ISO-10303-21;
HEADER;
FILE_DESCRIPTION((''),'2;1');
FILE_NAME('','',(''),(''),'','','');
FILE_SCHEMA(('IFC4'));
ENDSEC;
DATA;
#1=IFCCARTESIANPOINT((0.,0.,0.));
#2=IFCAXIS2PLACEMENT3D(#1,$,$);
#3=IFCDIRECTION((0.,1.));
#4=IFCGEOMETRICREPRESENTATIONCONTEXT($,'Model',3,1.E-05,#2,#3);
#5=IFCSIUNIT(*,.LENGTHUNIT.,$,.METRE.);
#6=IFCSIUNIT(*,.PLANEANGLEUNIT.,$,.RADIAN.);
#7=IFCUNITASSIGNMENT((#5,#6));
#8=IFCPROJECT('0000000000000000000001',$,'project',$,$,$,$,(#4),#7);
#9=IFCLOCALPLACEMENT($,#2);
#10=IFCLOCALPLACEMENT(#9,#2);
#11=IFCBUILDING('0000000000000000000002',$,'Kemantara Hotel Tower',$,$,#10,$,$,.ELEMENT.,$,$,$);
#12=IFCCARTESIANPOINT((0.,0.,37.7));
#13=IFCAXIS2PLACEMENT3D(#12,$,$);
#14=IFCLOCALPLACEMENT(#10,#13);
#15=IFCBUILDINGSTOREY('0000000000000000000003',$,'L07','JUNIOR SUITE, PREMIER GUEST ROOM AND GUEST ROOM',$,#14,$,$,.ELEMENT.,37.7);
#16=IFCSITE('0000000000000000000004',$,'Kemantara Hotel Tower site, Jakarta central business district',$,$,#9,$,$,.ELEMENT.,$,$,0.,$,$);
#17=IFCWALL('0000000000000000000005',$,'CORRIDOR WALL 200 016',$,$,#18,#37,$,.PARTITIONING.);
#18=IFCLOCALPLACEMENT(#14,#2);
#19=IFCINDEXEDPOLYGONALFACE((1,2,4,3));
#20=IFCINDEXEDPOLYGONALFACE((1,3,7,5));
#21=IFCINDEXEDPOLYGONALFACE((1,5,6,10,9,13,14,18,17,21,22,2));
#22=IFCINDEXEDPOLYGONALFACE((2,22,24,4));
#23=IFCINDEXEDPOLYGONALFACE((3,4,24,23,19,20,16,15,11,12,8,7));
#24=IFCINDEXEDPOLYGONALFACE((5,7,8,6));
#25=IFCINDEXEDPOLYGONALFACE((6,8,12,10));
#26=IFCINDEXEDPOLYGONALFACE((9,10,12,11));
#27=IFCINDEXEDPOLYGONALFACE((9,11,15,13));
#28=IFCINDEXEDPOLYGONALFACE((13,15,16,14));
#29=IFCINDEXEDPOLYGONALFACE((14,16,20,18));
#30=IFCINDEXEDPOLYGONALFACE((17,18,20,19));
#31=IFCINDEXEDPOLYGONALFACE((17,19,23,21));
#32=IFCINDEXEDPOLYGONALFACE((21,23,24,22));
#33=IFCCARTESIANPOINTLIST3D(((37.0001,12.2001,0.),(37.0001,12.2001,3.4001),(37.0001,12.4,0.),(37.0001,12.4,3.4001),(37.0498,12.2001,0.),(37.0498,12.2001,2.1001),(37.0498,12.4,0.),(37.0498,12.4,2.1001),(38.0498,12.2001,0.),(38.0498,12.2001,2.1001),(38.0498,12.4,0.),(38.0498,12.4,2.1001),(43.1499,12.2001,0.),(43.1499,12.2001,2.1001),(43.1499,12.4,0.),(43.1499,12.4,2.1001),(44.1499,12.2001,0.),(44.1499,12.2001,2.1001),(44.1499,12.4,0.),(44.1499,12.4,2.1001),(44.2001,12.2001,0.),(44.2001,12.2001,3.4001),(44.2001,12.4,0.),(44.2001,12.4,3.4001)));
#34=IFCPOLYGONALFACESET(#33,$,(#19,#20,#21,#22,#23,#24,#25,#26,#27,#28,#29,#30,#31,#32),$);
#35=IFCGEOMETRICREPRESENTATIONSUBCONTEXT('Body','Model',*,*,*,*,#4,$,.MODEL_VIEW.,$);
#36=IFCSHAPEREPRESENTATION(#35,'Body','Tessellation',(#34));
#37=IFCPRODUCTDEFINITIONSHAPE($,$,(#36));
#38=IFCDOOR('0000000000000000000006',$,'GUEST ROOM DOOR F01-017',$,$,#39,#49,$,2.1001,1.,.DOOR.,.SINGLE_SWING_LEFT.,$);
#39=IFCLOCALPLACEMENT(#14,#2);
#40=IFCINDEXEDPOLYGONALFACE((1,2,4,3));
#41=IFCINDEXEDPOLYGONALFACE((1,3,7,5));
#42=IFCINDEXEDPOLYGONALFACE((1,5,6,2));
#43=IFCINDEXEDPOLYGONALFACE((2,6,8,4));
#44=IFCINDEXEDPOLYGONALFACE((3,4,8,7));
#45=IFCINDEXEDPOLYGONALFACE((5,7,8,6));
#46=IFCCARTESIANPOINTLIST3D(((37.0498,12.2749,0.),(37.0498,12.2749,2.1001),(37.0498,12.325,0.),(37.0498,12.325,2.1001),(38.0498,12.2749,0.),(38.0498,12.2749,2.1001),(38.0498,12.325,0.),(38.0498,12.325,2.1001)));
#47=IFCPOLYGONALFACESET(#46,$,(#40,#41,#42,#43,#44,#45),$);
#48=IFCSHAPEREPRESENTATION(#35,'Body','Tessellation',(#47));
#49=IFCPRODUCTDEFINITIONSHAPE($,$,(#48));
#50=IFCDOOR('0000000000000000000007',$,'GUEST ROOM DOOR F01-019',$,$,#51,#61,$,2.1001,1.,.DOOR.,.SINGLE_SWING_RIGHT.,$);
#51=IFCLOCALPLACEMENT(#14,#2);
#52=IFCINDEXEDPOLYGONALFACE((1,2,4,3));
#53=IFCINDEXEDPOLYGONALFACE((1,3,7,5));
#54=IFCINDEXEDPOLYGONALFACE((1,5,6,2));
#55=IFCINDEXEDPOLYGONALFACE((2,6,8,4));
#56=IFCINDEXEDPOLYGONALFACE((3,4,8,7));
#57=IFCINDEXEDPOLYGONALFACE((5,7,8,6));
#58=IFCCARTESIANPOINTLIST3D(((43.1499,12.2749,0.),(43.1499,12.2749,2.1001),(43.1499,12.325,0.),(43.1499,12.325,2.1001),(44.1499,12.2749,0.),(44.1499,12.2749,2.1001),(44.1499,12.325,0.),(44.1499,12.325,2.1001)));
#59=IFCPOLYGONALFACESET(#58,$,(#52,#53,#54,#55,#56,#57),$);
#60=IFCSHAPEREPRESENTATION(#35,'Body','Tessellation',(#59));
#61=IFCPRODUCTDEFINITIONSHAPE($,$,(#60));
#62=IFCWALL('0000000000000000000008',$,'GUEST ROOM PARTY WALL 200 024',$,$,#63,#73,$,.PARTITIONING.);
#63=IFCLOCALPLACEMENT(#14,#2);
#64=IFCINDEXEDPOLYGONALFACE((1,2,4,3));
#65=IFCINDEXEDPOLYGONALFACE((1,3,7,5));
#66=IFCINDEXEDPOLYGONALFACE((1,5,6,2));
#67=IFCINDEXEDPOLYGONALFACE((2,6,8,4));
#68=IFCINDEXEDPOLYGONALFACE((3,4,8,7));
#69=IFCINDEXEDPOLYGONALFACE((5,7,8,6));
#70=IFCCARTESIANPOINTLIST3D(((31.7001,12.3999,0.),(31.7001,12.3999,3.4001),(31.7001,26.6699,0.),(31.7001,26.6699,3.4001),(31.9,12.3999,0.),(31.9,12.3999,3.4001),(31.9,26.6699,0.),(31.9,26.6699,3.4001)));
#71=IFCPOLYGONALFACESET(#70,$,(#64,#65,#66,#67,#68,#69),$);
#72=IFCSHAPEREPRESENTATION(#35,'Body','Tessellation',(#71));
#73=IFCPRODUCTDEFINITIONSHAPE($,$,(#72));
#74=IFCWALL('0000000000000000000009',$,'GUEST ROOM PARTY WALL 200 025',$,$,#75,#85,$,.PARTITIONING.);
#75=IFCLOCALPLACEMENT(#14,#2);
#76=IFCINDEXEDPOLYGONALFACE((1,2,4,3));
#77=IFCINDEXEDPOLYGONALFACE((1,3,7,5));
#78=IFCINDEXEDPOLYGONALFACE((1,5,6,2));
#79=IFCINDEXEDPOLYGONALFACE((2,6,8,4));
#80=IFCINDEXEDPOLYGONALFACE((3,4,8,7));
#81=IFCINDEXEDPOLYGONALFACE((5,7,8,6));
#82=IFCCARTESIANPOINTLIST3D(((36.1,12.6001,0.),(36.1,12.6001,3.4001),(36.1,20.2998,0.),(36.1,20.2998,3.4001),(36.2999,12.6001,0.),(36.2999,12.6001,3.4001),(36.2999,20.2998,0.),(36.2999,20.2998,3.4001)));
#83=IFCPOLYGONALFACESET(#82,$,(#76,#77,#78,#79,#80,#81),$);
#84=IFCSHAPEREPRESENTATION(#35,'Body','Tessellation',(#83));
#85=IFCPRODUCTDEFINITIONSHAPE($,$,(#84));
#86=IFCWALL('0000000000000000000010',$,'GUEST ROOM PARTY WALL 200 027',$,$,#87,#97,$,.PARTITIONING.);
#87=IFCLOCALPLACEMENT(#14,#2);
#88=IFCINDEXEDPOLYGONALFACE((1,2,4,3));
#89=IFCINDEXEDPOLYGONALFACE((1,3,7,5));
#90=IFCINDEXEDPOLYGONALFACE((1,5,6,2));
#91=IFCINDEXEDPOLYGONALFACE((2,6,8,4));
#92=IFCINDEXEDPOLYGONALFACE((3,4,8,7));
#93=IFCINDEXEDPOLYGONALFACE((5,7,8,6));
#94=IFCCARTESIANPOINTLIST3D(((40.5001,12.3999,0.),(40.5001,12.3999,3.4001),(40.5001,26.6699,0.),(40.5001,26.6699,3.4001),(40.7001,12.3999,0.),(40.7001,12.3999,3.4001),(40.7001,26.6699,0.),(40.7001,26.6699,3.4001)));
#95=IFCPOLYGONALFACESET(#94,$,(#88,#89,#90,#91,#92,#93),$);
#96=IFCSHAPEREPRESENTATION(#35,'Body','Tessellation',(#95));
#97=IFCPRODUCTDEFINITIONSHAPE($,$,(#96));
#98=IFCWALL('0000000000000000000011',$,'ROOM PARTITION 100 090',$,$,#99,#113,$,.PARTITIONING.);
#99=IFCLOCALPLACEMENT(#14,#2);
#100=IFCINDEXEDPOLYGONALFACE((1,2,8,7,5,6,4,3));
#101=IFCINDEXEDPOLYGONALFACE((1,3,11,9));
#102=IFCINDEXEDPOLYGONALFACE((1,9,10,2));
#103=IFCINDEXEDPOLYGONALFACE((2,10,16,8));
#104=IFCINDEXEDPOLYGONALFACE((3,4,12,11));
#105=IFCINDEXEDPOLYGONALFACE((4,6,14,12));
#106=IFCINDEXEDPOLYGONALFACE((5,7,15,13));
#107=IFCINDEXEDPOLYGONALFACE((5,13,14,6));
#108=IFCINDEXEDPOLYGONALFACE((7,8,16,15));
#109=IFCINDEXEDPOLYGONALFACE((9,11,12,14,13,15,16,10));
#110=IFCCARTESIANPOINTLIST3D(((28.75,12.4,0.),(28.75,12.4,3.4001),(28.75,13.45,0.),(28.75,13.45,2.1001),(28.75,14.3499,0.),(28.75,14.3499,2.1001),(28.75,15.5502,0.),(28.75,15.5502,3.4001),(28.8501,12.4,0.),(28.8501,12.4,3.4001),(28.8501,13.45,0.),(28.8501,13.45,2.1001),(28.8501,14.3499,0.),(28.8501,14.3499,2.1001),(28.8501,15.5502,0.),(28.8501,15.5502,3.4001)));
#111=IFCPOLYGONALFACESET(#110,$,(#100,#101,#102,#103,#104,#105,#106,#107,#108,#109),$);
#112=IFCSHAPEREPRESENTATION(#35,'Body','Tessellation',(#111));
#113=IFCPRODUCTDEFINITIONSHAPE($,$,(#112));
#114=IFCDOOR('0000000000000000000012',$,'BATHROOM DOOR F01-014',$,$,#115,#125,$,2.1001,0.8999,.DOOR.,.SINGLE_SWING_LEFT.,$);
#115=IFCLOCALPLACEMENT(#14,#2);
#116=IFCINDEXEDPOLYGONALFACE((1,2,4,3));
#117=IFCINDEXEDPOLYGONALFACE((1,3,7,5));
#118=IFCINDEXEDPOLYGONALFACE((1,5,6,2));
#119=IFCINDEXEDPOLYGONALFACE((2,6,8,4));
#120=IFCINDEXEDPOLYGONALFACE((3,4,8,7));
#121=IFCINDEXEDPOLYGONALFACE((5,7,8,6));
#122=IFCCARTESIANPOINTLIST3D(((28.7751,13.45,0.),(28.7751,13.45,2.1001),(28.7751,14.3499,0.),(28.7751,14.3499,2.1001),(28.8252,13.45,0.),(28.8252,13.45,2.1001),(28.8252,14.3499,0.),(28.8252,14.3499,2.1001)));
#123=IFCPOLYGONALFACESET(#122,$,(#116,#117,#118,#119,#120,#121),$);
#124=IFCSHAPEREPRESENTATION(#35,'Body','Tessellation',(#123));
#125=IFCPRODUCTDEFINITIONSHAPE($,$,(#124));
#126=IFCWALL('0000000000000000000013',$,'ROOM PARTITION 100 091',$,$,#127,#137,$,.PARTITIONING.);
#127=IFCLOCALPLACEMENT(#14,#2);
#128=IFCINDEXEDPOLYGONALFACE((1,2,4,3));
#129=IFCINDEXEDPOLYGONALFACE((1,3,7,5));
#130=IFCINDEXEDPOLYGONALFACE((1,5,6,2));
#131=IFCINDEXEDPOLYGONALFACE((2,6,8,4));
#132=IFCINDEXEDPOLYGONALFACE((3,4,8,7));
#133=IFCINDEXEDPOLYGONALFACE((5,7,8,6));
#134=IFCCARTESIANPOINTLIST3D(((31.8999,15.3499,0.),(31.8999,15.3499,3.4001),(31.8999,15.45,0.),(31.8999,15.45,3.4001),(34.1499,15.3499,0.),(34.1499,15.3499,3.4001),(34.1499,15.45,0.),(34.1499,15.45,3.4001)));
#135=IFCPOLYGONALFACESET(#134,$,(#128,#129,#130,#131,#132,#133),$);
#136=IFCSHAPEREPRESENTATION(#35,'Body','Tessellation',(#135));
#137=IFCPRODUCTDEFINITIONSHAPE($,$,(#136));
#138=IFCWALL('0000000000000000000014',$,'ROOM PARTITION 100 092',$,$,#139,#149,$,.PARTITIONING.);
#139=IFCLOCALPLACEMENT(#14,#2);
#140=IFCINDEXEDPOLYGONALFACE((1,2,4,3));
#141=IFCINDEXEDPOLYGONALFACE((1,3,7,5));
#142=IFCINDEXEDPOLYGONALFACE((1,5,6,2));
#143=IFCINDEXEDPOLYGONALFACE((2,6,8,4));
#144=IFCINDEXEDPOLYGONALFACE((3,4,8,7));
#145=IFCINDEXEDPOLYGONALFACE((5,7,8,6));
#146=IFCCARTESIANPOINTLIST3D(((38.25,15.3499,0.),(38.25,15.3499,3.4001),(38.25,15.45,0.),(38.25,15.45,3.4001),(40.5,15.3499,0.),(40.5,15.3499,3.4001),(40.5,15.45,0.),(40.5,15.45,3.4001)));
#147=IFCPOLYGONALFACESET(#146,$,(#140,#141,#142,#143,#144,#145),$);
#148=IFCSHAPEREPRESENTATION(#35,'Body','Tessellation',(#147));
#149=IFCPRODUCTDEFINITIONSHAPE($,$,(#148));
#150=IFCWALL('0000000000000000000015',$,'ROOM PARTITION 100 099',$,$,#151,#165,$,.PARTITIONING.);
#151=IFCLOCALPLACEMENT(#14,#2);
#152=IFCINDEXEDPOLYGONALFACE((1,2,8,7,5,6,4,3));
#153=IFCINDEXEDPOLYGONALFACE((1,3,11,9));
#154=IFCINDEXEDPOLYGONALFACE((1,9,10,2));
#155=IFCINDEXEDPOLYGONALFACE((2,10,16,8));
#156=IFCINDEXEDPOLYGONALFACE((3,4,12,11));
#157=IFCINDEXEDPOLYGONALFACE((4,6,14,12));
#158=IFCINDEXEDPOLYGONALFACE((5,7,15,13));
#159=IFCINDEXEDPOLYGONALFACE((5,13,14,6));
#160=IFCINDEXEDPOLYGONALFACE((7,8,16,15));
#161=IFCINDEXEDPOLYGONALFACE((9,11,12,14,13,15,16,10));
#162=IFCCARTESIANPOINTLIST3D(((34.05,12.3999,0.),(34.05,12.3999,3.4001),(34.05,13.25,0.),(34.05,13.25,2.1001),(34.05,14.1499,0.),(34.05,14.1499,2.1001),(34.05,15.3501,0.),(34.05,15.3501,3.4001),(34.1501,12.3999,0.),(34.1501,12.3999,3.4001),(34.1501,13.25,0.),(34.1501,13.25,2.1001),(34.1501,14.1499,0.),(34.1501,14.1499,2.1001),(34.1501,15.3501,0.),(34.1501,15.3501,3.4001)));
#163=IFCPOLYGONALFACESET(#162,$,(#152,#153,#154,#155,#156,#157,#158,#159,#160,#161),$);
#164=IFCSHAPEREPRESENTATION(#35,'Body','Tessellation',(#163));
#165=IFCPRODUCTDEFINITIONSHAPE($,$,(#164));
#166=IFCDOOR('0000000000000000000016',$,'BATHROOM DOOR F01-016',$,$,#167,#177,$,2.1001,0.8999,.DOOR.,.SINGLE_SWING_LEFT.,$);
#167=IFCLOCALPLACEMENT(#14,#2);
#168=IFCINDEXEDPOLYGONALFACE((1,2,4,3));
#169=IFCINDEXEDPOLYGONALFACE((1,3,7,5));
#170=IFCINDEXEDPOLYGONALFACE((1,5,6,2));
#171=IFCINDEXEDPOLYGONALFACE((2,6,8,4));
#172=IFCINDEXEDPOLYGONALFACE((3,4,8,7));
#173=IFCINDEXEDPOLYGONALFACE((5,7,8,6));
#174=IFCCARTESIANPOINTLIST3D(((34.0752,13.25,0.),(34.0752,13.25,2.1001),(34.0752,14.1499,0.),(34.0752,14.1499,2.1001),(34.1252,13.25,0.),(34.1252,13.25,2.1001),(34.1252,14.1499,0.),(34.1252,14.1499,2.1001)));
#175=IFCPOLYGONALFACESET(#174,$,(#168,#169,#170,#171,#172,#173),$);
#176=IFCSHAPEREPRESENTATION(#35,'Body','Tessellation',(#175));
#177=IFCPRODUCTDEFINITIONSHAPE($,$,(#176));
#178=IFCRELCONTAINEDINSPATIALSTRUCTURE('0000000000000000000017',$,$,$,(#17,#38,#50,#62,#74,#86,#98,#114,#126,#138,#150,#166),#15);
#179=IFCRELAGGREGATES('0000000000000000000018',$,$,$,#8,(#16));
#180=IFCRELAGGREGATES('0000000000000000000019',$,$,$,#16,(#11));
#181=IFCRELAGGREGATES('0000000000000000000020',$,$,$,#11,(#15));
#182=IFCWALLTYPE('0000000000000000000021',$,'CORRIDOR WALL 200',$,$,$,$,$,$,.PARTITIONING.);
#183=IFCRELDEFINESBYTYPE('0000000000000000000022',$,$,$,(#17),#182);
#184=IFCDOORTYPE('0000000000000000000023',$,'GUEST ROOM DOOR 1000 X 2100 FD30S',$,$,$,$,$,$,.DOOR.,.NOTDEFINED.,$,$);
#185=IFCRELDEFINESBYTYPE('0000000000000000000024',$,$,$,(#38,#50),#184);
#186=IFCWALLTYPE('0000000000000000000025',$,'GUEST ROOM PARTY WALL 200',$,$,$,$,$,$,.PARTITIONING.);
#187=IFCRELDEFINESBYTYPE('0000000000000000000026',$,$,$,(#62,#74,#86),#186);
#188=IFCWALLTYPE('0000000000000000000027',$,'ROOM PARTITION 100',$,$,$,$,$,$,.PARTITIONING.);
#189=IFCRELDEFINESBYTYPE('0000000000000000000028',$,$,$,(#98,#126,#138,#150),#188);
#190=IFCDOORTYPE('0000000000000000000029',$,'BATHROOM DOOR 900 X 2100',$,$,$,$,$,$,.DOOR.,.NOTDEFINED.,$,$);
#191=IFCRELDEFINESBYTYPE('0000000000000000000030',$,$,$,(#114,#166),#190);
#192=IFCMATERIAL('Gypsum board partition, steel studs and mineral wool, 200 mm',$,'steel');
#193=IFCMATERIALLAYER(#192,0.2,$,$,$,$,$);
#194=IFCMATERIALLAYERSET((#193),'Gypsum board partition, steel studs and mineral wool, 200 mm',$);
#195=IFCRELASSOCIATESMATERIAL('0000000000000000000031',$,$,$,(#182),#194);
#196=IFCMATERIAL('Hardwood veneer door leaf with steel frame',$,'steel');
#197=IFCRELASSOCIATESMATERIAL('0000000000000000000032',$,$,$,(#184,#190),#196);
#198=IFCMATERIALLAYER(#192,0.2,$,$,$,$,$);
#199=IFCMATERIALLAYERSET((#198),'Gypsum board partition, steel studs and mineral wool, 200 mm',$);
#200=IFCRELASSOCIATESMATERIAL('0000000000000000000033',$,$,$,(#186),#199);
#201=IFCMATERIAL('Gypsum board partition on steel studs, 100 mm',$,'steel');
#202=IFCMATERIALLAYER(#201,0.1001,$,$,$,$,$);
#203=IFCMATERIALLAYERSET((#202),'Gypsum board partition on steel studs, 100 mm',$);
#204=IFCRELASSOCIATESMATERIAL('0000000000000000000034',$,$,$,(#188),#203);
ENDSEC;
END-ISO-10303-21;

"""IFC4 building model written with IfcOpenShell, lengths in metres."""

from ifc_helpers import new_model, si_unit, direction, frame, frame_2d, origin, place, context, subcontext, project, spatial, rectangle, extrude, material, layer, layer_set, type_object, element, fill, save


model = new_model("IFC4")

# Units and contexts
model_context = context("Model", 3, precision=1e-05, world=origin(), true_north=direction((0.0, 1.0)))
body_context = subcontext(model_context, "Body", "Model", "MODEL_VIEW")
ifc_project = project(units=[si_unit("LENGTHUNIT", "METRE"), si_unit("PLANEANGLEUNIT", "RADIAN")], contexts=[model_context])

# Site, building, storey
site_placement = place(None, origin())
site = spatial("IfcSite", under=ifc_project, at=site_placement, Name="Kemantara Hotel Tower site, Jakarta central business district", CompositionType="ELEMENT", RefElevation=0.0)
building_placement = place(site_placement, origin())
building = spatial("IfcBuilding", under=site, at=building_placement, Name="Kemantara Hotel Tower", CompositionType="ELEMENT")
storey_placement = place(building_placement, frame((0.0, 0.0, 37.7)))
storey = spatial("IfcBuildingStorey", under=building, at=storey_placement, Name="L07", Description="JUNIOR SUITE, PREMIER GUEST ROOM AND GUEST ROOM", CompositionType="ELEMENT", Elevation=37.7)

# Wall, openings, doors
ifc_material_1 = material(Name="Gypsum board partition, steel studs and mineral wool, 200 mm", Category="steel")
ifc_layer_1 = layer(ifc_material_1, 0.2)
ifc_layer_set_1 = layer_set([ifc_layer_1], Name="Gypsum board partition, steel studs and mineral wool, 200 mm")
wall_type_1 = type_object("IfcWallType", Name="CORRIDOR WALL 200", PredefinedType="PARTITIONING", material=ifc_layer_set_1)
ifc_material_2 = material(Name="Hardwood veneer door leaf with steel frame", Category="steel")
door_type_1 = type_object("IfcDoorType", Name="GUEST ROOM DOOR 1000 X 2100 FD30S", OperationType="NOTDEFINED", PredefinedType="DOOR", material=ifc_material_2)
wall_1_placement = place(storey_placement, frame((37.0, 12.3, 0.0), z_axis=(0.0, 0.0, 1.0), x_axis=(1.0, 0.0, 0.0)))
wall_1 = element("IfcWall", 1, at=wall_1_placement, inside=storey, type_object=wall_type_1, Name="CORRIDOR WALL 200 016", PredefinedType="PARTITIONING", context=body_context, shape_type="SweptSolid", body=[
    extrude(rectangle(XDim=7.2, YDim=0.2, at=frame_2d((3.6001, 0.0))), origin(), (0.0, 0.0, 1.0), 3.4001),
])
opening_1_placement = place(wall_1_placement, frame((0.0498, 0.0, 0.0)))
opening_1 = element("IfcOpeningElement", 2, at=opening_1_placement, cuts=wall_1, PredefinedType="OPENING", context=body_context, shape_type="SweptSolid", body=[
    extrude(rectangle(XDim=1.0, YDim=2.1001, at=frame_2d((0.5, 1.05))), frame((0.0, 0.1099, 0.0), z_axis=(0.0, -1.0, 0.0), x_axis=(1.0, 0.0, 0.0)), (0.0, 0.0, 1.0), 0.22),
])
opening_2_placement = place(wall_1_placement, frame((6.1499, 0.0, 0.0)))
opening_2 = element("IfcOpeningElement", 3, at=opening_2_placement, cuts=wall_1, PredefinedType="OPENING", context=body_context, shape_type="SweptSolid", body=[
    extrude(rectangle(XDim=1.0, YDim=2.1001, at=frame_2d((0.5, 1.05))), frame((0.0, 0.1099, 0.0), z_axis=(0.0, -1.0, 0.0), x_axis=(1.0, 0.0, 0.0)), (0.0, 0.0, 1.0), 0.22),
])
door_1_placement = place(opening_1_placement, origin())
door_1 = element("IfcDoor", 4, at=door_1_placement, inside=storey, type_object=door_type_1, Name="GUEST ROOM DOOR F01-017", OperationType="SINGLE_SWING_LEFT", OverallHeight=2.1001, OverallWidth=1.0, PredefinedType="DOOR", context=body_context, shape_type="SweptSolid", body=[
    extrude(rectangle(XDim=1.0, YDim=2.1001, at=frame_2d((0.5, 1.05))), frame((0.0, 0.0249, 0.0), z_axis=(0.0, -1.0, 0.0), x_axis=(1.0, 0.0, 0.0)), (0.0, 0.0, 1.0), 0.05),
])
fill(opening_1, door_1)
door_2_placement = place(opening_2_placement, origin())
door_2 = element("IfcDoor", 5, at=door_2_placement, inside=storey, type_object=door_type_1, Name="GUEST ROOM DOOR F01-019", OperationType="SINGLE_SWING_RIGHT", OverallHeight=2.1001, OverallWidth=1.0, PredefinedType="DOOR", context=body_context, shape_type="SweptSolid", body=[
    extrude(rectangle(XDim=1.0, YDim=2.1001, at=frame_2d((0.5, 1.05))), frame((0.0, 0.0249, 0.0), z_axis=(0.0, -1.0, 0.0), x_axis=(1.0, 0.0, 0.0)), (0.0, 0.0, 1.0), 0.05),
])
fill(opening_2, door_2)

# Walls
ifc_layer_2 = layer(ifc_material_1, 0.2)
ifc_layer_set_2 = layer_set([ifc_layer_2], Name="Gypsum board partition, steel studs and mineral wool, 200 mm")
wall_type_2 = type_object("IfcWallType", Name="GUEST ROOM PARTY WALL 200", PredefinedType="PARTITIONING", material=ifc_layer_set_2)
wall_2_placement = place(storey_placement, frame((31.8, 12.3999, 0.0), z_axis=(0.0, 0.0, 1.0), x_axis=(0.0, 1.0, 0.0)))
element("IfcWall", 6, at=wall_2_placement, inside=storey, type_object=wall_type_2, Name="GUEST ROOM PARTY WALL 200 024", PredefinedType="PARTITIONING", context=body_context, shape_type="SweptSolid", body=[
    extrude(rectangle(XDim=14.27, YDim=0.2, at=frame_2d((7.135, 0.0))), origin(), (0.0, 0.0, 1.0), 3.4001),
])
wall_3_placement = place(storey_placement, frame((36.2, 12.6001, 0.0), z_axis=(0.0, 0.0, 1.0), x_axis=(0.0, 1.0, 0.0)))
element("IfcWall", 7, at=wall_3_placement, inside=storey, type_object=wall_type_2, Name="GUEST ROOM PARTY WALL 200 025", PredefinedType="PARTITIONING", context=body_context, shape_type="SweptSolid", body=[
    extrude(rectangle(XDim=7.6997, YDim=0.2, at=frame_2d((3.8499, 0.0))), origin(), (0.0, 0.0, 1.0), 3.4001),
])
wall_4_placement = place(storey_placement, frame((40.6001, 12.3999, 0.0), z_axis=(0.0, 0.0, 1.0), x_axis=(0.0, 1.0, 0.0)))
element("IfcWall", 8, at=wall_4_placement, inside=storey, type_object=wall_type_2, Name="GUEST ROOM PARTY WALL 200 027", PredefinedType="PARTITIONING", context=body_context, shape_type="SweptSolid", body=[
    extrude(rectangle(XDim=14.27, YDim=0.2, at=frame_2d((7.135, 0.0))), origin(), (0.0, 0.0, 1.0), 3.4001),
])

# Wall, opening, door
ifc_material_3 = material(Name="Gypsum board partition on steel studs, 100 mm", Category="steel")
ifc_layer_3 = layer(ifc_material_3, 0.1001)
ifc_layer_set_3 = layer_set([ifc_layer_3], Name="Gypsum board partition on steel studs, 100 mm")
wall_type_3 = type_object("IfcWallType", Name="ROOM PARTITION 100", PredefinedType="PARTITIONING", material=ifc_layer_set_3)
wall_5_placement = place(storey_placement, frame((28.8, 12.3999, 0.0), z_axis=(0.0, 0.0, 1.0), x_axis=(0.0, 1.0, 0.0)))
wall_5 = element("IfcWall", 9, at=wall_5_placement, inside=storey, type_object=wall_type_3, Name="ROOM PARTITION 100 090", PredefinedType="PARTITIONING", context=body_context, shape_type="SweptSolid", body=[
    extrude(rectangle(XDim=3.1501, YDim=0.1001, at=frame_2d((1.5752, 0.0))), origin(), (0.0, 0.0, 1.0), 3.4001),
])
opening_3_placement = place(wall_5_placement, frame((1.05, 0.0, 0.0)))
opening_3 = element("IfcOpeningElement", 10, at=opening_3_placement, cuts=wall_5, PredefinedType="OPENING", context=body_context, shape_type="SweptSolid", body=[
    extrude(rectangle(XDim=0.8999, YDim=2.1001, at=frame_2d((0.45, 1.05))), frame((0.0, 0.0601, 0.0), z_axis=(0.0, -1.0, 0.0), x_axis=(1.0, 0.0, 0.0)), (0.0, 0.0, 1.0), 0.1201),
])
door_type_2 = type_object("IfcDoorType", Name="BATHROOM DOOR 900 X 2100", OperationType="NOTDEFINED", PredefinedType="DOOR", material=ifc_material_2)
door_3_placement = place(opening_3_placement, origin())
door_3 = element("IfcDoor", 11, at=door_3_placement, inside=storey, type_object=door_type_2, Name="BATHROOM DOOR F01-014", OperationType="SINGLE_SWING_LEFT", OverallHeight=2.1001, OverallWidth=0.8999, PredefinedType="DOOR", context=body_context, shape_type="SweptSolid", body=[
    extrude(rectangle(XDim=0.8999, YDim=2.1001, at=frame_2d((0.45, 1.05))), frame((0.0, 0.0249, 0.0), z_axis=(0.0, -1.0, 0.0), x_axis=(1.0, 0.0, 0.0)), (0.0, 0.0, 1.0), 0.05),
])
fill(opening_3, door_3)

# Walls
for number, where, z_axis, x_axis, name in (
    (12, (31.8999, 15.3999, 0.0), (0.0, 0.0, 1.0), (1.0, 0.0, 0.0), "ROOM PARTITION 100 091"),
    (13, (38.25, 15.3999, 0.0), (0.0, 0.0, 1.0), (1.0, 0.0, 0.0), "ROOM PARTITION 100 092"),
):
    element("IfcWall", number, at=place(storey_placement, frame(where, z_axis=z_axis, x_axis=x_axis)), inside=storey, type_object=wall_type_3, Name=name, PredefinedType="PARTITIONING", context=body_context, shape_type="SweptSolid", body=[
        extrude(rectangle(XDim=2.25, YDim=0.1001, at=frame_2d((1.125, 0.0))), origin(), (0.0, 0.0, 1.0), 3.4001),
    ])

# Wall, opening, door
wall_6_placement = place(storey_placement, frame((34.1001, 12.3999, 0.0), z_axis=(0.0, 0.0, 1.0), x_axis=(0.0, 1.0, 0.0)))
wall_6 = element("IfcWall", 14, at=wall_6_placement, inside=storey, type_object=wall_type_3, Name="ROOM PARTITION 100 099", PredefinedType="PARTITIONING", context=body_context, shape_type="SweptSolid", body=[
    extrude(rectangle(XDim=2.9502, YDim=0.1001, at=frame_2d((1.4751, 0.0))), origin(), (0.0, 0.0, 1.0), 3.4001),
])
opening_4_placement = place(wall_6_placement, frame((0.8501, 0.0, 0.0)))
opening_4 = element("IfcOpeningElement", 15, at=opening_4_placement, cuts=wall_6, PredefinedType="OPENING", context=body_context, shape_type="SweptSolid", body=[
    extrude(rectangle(XDim=0.8999, YDim=2.1001, at=frame_2d((0.45, 1.05))), frame((0.0, 0.0601, 0.0), z_axis=(0.0, -1.0, 0.0), x_axis=(1.0, 0.0, 0.0)), (0.0, 0.0, 1.0), 0.1201),
])
door_4_placement = place(opening_4_placement, origin())
door_4 = element("IfcDoor", 16, at=door_4_placement, inside=storey, type_object=door_type_2, Name="BATHROOM DOOR F01-016", OperationType="SINGLE_SWING_LEFT", OverallHeight=2.1001, OverallWidth=0.8999, PredefinedType="DOOR", context=body_context, shape_type="SweptSolid", body=[
    extrude(rectangle(XDim=0.8999, YDim=2.1001, at=frame_2d((0.45, 1.05))), frame((0.0, 0.0249, 0.0), z_axis=(0.0, -1.0, 0.0), x_axis=(1.0, 0.0, 0.0)), (0.0, 0.0, 1.0), 0.05),
])
fill(opening_4, door_4)

save(model, "model.ifc")
